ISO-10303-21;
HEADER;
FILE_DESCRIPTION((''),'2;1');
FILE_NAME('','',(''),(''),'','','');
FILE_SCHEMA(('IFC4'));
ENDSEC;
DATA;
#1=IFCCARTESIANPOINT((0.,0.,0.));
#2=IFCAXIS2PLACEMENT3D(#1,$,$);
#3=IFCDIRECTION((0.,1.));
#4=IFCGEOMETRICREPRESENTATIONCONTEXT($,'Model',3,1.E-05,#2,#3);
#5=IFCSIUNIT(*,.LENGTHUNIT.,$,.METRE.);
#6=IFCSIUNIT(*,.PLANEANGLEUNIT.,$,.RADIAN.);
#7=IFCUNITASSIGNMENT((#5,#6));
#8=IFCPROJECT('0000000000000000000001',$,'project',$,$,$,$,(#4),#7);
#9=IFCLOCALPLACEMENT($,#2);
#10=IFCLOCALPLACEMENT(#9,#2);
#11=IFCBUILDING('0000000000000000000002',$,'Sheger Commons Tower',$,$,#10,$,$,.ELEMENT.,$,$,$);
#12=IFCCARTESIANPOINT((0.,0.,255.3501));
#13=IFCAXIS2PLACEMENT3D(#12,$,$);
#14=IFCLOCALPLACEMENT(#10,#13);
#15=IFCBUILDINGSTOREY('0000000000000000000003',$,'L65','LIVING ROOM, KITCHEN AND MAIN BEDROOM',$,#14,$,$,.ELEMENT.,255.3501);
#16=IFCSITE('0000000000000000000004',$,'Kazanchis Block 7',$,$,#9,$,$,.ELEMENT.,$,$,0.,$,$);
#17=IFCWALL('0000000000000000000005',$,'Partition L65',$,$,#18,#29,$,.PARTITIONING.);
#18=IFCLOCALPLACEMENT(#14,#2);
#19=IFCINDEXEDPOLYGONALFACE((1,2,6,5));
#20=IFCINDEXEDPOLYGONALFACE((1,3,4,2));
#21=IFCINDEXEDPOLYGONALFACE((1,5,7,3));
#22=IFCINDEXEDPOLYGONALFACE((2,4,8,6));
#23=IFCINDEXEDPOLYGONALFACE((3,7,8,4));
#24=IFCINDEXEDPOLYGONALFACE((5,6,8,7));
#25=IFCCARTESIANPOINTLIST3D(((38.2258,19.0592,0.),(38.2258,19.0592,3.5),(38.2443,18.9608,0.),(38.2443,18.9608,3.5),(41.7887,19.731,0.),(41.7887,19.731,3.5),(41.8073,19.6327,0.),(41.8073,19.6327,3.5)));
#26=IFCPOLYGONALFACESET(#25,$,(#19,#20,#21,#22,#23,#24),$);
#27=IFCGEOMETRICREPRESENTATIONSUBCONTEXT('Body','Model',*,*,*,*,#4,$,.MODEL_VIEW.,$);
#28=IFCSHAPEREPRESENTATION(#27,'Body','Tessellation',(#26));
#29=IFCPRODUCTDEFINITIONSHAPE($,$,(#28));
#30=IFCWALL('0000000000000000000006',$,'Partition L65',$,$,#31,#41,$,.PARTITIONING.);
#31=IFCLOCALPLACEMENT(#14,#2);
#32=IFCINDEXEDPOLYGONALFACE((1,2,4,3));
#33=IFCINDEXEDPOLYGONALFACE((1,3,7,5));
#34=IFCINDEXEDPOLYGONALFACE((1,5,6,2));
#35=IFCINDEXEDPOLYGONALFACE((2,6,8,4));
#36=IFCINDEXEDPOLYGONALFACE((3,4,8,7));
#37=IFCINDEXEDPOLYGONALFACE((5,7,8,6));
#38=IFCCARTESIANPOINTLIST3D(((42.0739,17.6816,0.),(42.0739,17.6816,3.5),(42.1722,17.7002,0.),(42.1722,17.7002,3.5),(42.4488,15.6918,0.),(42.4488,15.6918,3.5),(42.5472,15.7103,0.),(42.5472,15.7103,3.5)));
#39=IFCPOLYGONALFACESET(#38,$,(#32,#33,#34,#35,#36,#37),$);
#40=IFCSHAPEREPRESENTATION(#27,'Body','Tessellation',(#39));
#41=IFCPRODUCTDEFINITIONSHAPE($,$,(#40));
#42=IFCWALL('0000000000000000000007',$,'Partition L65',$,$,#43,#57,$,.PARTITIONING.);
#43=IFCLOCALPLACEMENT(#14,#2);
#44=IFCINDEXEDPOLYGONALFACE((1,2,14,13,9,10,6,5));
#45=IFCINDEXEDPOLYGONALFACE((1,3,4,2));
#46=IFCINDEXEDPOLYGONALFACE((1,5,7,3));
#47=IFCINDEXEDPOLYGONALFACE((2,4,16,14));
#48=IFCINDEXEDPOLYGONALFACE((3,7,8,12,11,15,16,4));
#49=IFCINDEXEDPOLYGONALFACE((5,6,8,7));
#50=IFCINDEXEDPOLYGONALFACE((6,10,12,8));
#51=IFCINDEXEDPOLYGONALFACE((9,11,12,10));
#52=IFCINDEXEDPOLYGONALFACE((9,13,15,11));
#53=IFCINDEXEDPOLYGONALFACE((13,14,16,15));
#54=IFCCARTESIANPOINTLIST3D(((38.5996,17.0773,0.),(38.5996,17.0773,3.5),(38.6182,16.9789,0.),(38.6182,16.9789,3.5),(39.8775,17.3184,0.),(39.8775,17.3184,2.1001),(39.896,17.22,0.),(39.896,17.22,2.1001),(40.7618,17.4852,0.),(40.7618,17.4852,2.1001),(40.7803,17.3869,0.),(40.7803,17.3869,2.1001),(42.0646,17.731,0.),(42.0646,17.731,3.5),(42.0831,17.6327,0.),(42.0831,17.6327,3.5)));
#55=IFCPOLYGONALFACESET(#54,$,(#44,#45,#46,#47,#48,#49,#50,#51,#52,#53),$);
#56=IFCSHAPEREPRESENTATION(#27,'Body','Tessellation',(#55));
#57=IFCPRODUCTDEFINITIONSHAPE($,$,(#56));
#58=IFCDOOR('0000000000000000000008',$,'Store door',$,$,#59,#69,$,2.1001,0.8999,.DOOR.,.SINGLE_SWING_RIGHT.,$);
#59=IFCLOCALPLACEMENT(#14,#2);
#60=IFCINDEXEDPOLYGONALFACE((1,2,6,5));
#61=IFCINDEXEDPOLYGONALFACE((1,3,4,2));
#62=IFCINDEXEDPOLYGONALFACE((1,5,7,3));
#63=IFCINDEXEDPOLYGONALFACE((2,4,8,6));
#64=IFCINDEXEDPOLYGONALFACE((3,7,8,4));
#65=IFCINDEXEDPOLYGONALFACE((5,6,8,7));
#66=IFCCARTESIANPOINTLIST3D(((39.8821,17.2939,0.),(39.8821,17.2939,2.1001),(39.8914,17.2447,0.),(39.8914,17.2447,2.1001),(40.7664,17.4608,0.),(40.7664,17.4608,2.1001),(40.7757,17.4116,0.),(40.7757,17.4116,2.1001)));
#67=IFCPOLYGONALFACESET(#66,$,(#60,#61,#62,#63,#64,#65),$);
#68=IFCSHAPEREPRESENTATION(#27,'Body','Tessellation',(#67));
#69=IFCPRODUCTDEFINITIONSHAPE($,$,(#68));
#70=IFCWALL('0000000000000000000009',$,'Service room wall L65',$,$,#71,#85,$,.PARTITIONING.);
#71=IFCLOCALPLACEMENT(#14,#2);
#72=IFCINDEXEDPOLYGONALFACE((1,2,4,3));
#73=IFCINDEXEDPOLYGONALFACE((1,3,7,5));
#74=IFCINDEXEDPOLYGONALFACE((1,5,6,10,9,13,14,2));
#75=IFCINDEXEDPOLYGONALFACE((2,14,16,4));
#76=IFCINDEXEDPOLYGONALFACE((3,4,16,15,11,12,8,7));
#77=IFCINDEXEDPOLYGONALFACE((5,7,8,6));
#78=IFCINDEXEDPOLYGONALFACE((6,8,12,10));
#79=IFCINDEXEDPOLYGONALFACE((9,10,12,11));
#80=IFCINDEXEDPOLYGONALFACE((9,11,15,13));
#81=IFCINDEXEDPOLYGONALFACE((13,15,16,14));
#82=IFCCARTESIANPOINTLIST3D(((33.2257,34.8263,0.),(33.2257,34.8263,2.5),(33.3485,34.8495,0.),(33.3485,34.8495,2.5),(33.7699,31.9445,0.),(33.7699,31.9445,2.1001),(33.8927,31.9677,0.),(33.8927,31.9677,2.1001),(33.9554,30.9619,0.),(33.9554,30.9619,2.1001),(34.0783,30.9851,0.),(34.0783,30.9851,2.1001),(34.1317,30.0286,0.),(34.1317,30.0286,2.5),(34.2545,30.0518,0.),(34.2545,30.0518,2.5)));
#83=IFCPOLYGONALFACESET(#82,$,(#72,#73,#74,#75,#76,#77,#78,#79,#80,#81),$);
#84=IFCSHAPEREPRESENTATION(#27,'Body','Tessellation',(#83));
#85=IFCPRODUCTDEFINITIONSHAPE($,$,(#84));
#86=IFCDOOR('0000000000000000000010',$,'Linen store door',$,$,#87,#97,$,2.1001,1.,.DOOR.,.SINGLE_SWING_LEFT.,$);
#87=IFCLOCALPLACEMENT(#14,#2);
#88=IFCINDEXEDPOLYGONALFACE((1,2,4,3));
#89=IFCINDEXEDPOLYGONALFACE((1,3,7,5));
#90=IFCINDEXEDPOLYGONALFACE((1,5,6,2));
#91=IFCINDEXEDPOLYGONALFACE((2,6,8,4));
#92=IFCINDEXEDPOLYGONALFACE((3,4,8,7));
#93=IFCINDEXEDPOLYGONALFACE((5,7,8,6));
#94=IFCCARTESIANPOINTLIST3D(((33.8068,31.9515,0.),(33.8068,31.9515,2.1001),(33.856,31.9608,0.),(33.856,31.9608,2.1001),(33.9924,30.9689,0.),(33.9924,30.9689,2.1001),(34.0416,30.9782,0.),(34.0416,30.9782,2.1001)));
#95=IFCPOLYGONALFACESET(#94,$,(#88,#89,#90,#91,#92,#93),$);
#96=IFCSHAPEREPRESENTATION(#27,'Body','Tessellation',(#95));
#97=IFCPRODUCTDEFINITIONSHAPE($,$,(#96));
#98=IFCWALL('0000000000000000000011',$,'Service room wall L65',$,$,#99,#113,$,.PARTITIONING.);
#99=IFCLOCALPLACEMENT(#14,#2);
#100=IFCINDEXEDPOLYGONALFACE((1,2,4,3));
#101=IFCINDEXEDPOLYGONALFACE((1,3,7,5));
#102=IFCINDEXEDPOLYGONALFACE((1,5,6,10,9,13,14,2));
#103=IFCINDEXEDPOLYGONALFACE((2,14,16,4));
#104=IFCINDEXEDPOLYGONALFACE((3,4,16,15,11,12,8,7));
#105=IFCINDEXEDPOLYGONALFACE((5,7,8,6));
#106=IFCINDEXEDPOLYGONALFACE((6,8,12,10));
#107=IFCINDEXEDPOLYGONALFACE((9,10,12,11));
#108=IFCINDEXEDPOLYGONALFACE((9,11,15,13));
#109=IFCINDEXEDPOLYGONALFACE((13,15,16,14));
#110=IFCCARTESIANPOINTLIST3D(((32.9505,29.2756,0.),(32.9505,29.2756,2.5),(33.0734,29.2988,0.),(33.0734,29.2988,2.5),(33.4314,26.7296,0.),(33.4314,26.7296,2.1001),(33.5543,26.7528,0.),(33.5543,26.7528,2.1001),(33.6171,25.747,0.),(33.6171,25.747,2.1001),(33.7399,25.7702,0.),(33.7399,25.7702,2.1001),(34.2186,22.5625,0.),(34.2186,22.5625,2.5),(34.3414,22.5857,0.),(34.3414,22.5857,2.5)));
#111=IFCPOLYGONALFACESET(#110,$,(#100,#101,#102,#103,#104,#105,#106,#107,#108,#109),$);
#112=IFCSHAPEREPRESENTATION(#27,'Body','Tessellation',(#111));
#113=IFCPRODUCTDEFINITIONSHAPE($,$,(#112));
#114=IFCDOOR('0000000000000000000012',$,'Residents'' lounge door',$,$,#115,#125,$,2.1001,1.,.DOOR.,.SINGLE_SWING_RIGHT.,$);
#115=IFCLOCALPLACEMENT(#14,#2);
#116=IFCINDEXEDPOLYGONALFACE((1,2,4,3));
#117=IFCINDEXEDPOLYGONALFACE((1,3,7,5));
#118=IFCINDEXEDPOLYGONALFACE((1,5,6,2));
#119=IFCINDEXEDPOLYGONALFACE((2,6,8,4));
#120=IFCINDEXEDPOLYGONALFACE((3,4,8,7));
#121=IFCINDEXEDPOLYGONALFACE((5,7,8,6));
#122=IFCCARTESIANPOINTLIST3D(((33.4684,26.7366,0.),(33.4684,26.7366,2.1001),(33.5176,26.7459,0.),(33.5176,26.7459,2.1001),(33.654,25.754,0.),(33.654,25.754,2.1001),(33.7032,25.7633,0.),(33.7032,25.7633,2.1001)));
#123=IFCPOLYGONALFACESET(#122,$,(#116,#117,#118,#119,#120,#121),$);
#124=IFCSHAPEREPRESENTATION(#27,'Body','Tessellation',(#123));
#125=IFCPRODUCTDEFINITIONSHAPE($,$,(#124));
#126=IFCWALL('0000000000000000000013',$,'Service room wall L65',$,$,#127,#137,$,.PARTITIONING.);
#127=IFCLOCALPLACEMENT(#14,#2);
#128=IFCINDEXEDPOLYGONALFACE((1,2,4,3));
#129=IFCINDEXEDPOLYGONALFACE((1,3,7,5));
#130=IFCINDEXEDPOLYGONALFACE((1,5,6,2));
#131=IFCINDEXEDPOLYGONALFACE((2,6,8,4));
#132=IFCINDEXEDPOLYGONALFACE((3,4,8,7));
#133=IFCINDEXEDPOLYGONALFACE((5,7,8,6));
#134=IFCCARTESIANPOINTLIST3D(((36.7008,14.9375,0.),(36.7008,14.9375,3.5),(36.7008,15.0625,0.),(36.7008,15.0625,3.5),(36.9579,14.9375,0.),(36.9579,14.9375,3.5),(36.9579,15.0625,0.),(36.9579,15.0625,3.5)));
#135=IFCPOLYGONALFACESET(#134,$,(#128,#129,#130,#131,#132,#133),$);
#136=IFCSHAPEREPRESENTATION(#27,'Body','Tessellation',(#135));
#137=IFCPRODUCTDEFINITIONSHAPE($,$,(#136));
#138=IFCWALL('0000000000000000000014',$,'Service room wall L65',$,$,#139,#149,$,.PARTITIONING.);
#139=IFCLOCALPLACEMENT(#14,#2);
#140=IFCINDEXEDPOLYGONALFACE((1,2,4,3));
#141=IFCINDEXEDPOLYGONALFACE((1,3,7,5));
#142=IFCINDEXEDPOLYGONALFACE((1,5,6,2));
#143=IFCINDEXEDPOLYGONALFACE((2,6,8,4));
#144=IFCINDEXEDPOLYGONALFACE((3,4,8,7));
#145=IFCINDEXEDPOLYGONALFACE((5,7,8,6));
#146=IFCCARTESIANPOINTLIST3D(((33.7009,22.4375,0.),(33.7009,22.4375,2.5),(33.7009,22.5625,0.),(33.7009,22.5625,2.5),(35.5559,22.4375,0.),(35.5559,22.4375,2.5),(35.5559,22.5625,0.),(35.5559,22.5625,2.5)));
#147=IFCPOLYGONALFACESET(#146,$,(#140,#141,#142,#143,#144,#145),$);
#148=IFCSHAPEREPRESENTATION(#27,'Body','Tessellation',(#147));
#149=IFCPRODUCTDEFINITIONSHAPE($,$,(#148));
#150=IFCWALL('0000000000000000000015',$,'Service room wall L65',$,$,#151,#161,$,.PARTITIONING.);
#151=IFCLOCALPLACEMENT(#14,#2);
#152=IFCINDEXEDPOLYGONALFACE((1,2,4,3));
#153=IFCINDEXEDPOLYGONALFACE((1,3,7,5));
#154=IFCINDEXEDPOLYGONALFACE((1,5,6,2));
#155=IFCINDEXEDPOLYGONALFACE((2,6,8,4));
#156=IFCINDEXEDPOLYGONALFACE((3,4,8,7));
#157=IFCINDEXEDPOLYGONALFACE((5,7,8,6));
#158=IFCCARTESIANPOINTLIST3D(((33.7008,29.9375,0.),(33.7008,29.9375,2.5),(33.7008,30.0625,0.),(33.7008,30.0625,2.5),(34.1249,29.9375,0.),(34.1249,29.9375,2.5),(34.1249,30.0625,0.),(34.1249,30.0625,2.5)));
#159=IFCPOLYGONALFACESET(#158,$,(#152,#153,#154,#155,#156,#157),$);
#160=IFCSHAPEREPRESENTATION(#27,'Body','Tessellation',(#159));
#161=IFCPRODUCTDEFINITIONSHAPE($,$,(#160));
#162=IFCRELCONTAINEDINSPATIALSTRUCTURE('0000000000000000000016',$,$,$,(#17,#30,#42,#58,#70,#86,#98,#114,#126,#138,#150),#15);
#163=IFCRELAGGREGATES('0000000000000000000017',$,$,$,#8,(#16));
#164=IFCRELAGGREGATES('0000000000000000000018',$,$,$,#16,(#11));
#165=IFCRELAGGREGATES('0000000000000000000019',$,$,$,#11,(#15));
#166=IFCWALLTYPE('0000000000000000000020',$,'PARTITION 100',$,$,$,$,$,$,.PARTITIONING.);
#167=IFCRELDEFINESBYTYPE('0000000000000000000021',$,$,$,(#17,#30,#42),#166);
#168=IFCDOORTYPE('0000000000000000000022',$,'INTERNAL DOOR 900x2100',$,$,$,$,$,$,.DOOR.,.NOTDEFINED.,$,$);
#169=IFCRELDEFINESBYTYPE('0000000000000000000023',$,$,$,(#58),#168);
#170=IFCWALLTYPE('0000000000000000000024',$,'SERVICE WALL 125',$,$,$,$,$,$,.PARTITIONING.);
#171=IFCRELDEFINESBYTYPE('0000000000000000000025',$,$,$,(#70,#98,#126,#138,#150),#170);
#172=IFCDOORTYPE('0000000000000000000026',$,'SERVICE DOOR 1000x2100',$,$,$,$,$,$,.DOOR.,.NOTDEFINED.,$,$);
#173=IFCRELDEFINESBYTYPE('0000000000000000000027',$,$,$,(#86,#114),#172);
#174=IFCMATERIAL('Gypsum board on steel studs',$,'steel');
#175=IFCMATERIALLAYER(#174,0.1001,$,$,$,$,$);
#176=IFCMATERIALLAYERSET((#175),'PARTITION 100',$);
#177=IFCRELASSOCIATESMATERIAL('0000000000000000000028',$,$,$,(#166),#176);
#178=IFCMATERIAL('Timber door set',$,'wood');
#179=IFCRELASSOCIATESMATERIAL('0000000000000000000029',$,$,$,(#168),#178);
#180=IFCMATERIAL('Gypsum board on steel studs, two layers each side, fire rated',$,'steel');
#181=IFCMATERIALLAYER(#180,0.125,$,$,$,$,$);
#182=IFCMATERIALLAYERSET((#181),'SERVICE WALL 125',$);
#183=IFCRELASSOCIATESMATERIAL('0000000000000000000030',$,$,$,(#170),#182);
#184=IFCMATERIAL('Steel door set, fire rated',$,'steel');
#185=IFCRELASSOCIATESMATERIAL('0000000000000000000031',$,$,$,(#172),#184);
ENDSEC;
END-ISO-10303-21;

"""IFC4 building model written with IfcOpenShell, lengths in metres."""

from ifc_helpers import new_model, si_unit, direction, frame, frame_2d, origin, place, context, subcontext, project, spatial, rectangle, extrude, material, layer, layer_set, type_object, element, fill, save


model = new_model("IFC4")

# Units and contexts
model_context = context("Model", 3, precision=1e-05, world=origin(), true_north=direction((0.0, 1.0)))
body_context = subcontext(model_context, "Body", "Model", "MODEL_VIEW")
ifc_project = project(units=[si_unit("LENGTHUNIT", "METRE"), si_unit("PLANEANGLEUNIT", "RADIAN")], contexts=[model_context])

# Site, building, storey
site_placement = place(None, origin())
site = spatial("IfcSite", under=ifc_project, at=site_placement, Name="Kazanchis Block 7", CompositionType="ELEMENT", RefElevation=0.0)
building_placement = place(site_placement, origin())
building = spatial("IfcBuilding", under=site, at=building_placement, Name="Sheger Commons Tower", CompositionType="ELEMENT")
storey_placement = place(building_placement, frame((0.0, 0.0, 255.3501)))
storey = spatial("IfcBuildingStorey", under=building, at=storey_placement, Name="L65", Description="LIVING ROOM, KITCHEN AND MAIN BEDROOM", CompositionType="ELEMENT", Elevation=255.3501)

# Shared definitions
ifc_material_1 = material(Name="Gypsum board on steel studs", Category="steel")
ifc_layer_1 = layer(ifc_material_1, 0.1001)
ifc_layer_set_1 = layer_set([ifc_layer_1], Name="PARTITION 100")
wall_type_1 = type_object("IfcWallType", Name="PARTITION 100", PredefinedType="PARTITIONING", material=ifc_layer_set_1)
ifc_material_2 = material(Name="Timber door set", Category="wood")
door_type_1 = type_object("IfcDoorType", Name="INTERNAL DOOR 900x2100", OperationType="NOTDEFINED", PredefinedType="DOOR", material=ifc_material_2)

# Walls
wall_1_placement = place(storey_placement, frame((41.7981, 19.6819, 0.0), z_axis=(0.0, 0.0, 1.0), x_axis=(-0.982681, -0.185305, 0.0)))
element("IfcWall", 1, at=wall_1_placement, inside=storey, type_object=wall_type_1, Name="Partition L65", PredefinedType="PARTITIONING", context=body_context, shape_type="SweptSolid", body=[
    extrude(rectangle(XDim=3.6257, YDim=0.1001, at=frame_2d((1.813, 0.0))), origin(), (0.0, 0.0, 1.0), 3.5),
])
wall_2_placement = place(storey_placement, frame((42.123, 17.6909, 0.0), z_axis=(0.0, 0.0, 1.0), x_axis=(0.185184, -0.982704, 0.0)))
element("IfcWall", 2, at=wall_2_placement, inside=storey, type_object=wall_type_1, Name="Partition L65", PredefinedType="PARTITIONING", context=body_context, shape_type="SweptSolid", body=[
    extrude(rectangle(XDim=2.0249, YDim=0.1001, at=frame_2d((1.0125, 0.0))), origin(), (0.0, 0.0, 1.0), 3.5),
])

# Walls, openings, doors
wall_3_placement = place(storey_placement, frame((42.074, 17.6819, 0.0), z_axis=(0.0, 0.0, 1.0), x_axis=(-0.982661, -0.185413, 0.0)))
wall_3 = element("IfcWall", 3, at=wall_3_placement, inside=storey, type_object=wall_type_1, Name="Partition L65", PredefinedType="PARTITIONING", context=body_context, shape_type="SweptSolid", body=[
    extrude(rectangle(XDim=3.5261, YDim=0.1001, at=frame_2d((1.7632, 0.0))), origin(), (0.0, 0.0, 1.0), 3.5),
])
opening_1_placement = place(wall_3_placement, frame((1.3259, 0.0, 0.0)))
opening_1 = element("IfcOpeningElement", 4, at=opening_1_placement, cuts=wall_3, PredefinedType="OPENING", context=body_context, shape_type="SweptSolid", body=[
    extrude(rectangle(XDim=0.8999, YDim=2.1001, at=frame_2d((0.45, 1.05))), frame((0.0, 0.0601, 0.0), z_axis=(0.0, -1.0, 0.0), x_axis=(1.0, 0.0, 0.0)), (0.0, 0.0, 1.0), 0.1201),
])
door_1_placement = place(opening_1_placement, origin())
door_1 = element("IfcDoor", 5, at=door_1_placement, inside=storey, type_object=door_type_1, Name="Store door", OperationType="SINGLE_SWING_RIGHT", OverallHeight=2.1001, OverallWidth=0.8999, PredefinedType="DOOR", context=body_context, shape_type="SweptSolid", body=[
    extrude(rectangle(XDim=0.8999, YDim=2.1001, at=frame_2d((0.45, 1.05))), frame((0.0, 0.0249, 0.0), z_axis=(0.0, -1.0, 0.0), x_axis=(1.0, 0.0, 0.0)), (0.0, 0.0, 1.0), 0.05),
])
fill(opening_1, door_1)
ifc_material_3 = material(Name="Gypsum board on steel studs, two layers each side, fire rated", Category="steel")
ifc_layer_2 = layer(ifc_material_3, 0.125)
ifc_layer_set_2 = layer_set([ifc_layer_2], Name="SERVICE WALL 125")
wall_type_2 = type_object("IfcWallType", Name="SERVICE WALL 125", PredefinedType="PARTITIONING", material=ifc_layer_set_2)
wall_4_placement = place(storey_placement, frame((34.1931, 30.04, 0.0), z_axis=(0.0, 0.0, 1.0), x_axis=(-0.185556, 0.982634, 0.0)))
wall_4 = element("IfcWall", 6, at=wall_4_placement, inside=storey, type_object=wall_type_2, Name="Service room wall L65", PredefinedType="PARTITIONING", context=body_context, shape_type="SweptSolid", body=[
    extrude(rectangle(XDim=4.8826, YDim=0.125, at=frame_2d((2.4414, 0.0))), origin(), (0.0, 0.0, 1.0), 2.5),
])
opening_2_placement = place(wall_4_placement, frame((0.95, 0.0, 0.0)))
opening_2 = element("IfcOpeningElement", 7, at=opening_2_placement, cuts=wall_4, PredefinedType="OPENING", context=body_context, shape_type="SweptSolid", body=[
    extrude(rectangle(XDim=1.0, YDim=2.1001, at=frame_2d((0.5, 1.05))), frame((0.0, 0.0725, 0.0), z_axis=(0.0, -1.0, 0.0), x_axis=(1.0, 0.0, 0.0)), (0.0, 0.0, 1.0), 0.145),
])
ifc_material_4 = material(Name="Steel door set, fire rated", Category="steel")
door_type_2 = type_object("IfcDoorType", Name="SERVICE DOOR 1000x2100", OperationType="NOTDEFINED", PredefinedType="DOOR", material=ifc_material_4)
door_2_placement = place(opening_2_placement, origin())
door_2 = element("IfcDoor", 8, at=door_2_placement, inside=storey, type_object=door_type_2, Name="Linen store door", OperationType="SINGLE_SWING_LEFT", OverallHeight=2.1001, OverallWidth=1.0, PredefinedType="DOOR", context=body_context, shape_type="SweptSolid", body=[
    extrude(rectangle(XDim=1.0, YDim=2.1001, at=frame_2d((0.5, 1.05))), frame((0.0, 0.0249, 0.0), z_axis=(0.0, -1.0, 0.0), x_axis=(1.0, 0.0, 0.0)), (0.0, 0.0, 1.0), 0.05),
])
fill(opening_2, door_2)
wall_5_placement = place(storey_placement, frame((34.28, 22.574, 0.0), z_axis=(0.0, 0.0, 1.0), x_axis=(-0.185611, 0.982623, 0.0)))
wall_5 = element("IfcWall", 9, at=wall_5_placement, inside=storey, type_object=wall_type_2, Name="Service room wall L65", PredefinedType="PARTITIONING", context=body_context, shape_type="SweptSolid", body=[
    extrude(rectangle(XDim=6.8318, YDim=0.125, at=frame_2d((3.416, 0.0))), origin(), (0.0, 0.0, 1.0), 2.5),
])
opening_3_placement = place(wall_5_placement, frame((3.241, 0.0, 0.0)))
opening_3 = element("IfcOpeningElement", 10, at=opening_3_placement, cuts=wall_5, PredefinedType="OPENING", context=body_context, shape_type="SweptSolid", body=[
    extrude(rectangle(XDim=1.0, YDim=2.1001, at=frame_2d((0.5, 1.05))), frame((0.0, 0.0725, 0.0), z_axis=(0.0, -1.0, 0.0), x_axis=(1.0, 0.0, 0.0)), (0.0, 0.0, 1.0), 0.145),
])
door_3_placement = place(opening_3_placement, origin())
door_3 = element("IfcDoor", 11, at=door_3_placement, inside=storey, type_object=door_type_2, Name="Residents' lounge door", OperationType="SINGLE_SWING_RIGHT", OverallHeight=2.1001, OverallWidth=1.0, PredefinedType="DOOR", context=body_context, shape_type="SweptSolid", body=[
    extrude(rectangle(XDim=1.0, YDim=2.1001, at=frame_2d((0.5, 1.05))), frame((0.0, 0.0249, 0.0), z_axis=(0.0, -1.0, 0.0), x_axis=(1.0, 0.0, 0.0)), (0.0, 0.0, 1.0), 0.05),
])
fill(opening_3, door_3)

# Walls
wall_6_placement = place(storey_placement, frame((36.7009, 15.0, 0.0), z_axis=(0.0, 0.0, 1.0), x_axis=(1.0, 0.0, 0.0)))
element("IfcWall", 12, at=wall_6_placement, inside=storey, type_object=wall_type_2, Name="Service room wall L65", PredefinedType="PARTITIONING", context=body_context, shape_type="SweptSolid", body=[
    extrude(rectangle(XDim=0.2571, YDim=0.125, at=frame_2d((0.1284, 0.0))), origin(), (0.0, 0.0, 1.0), 3.5),
])
wall_7_placement = place(storey_placement, frame((33.7009, 22.5, 0.0), z_axis=(0.0, 0.0, 1.0), x_axis=(1.0, 0.0, 0.0)))
element("IfcWall", 13, at=wall_7_placement, inside=storey, type_object=wall_type_2, Name="Service room wall L65", PredefinedType="PARTITIONING", context=body_context, shape_type="SweptSolid", body=[
    extrude(rectangle(XDim=1.855, YDim=0.125, at=frame_2d((0.9275, 0.0))), origin(), (0.0, 0.0, 1.0), 2.5),
])
wall_8_placement = place(storey_placement, frame((33.7009, 30.0, 0.0), z_axis=(0.0, 0.0, 1.0), x_axis=(1.0, 0.0, 0.0)))
element("IfcWall", 14, at=wall_8_placement, inside=storey, type_object=wall_type_2, Name="Service room wall L65", PredefinedType="PARTITIONING", context=body_context, shape_type="SweptSolid", body=[
    extrude(rectangle(XDim=0.4241, YDim=0.125, at=frame_2d((0.2119, 0.0))), origin(), (0.0, 0.0, 1.0), 2.5),
])

save(model, "model.ifc")
